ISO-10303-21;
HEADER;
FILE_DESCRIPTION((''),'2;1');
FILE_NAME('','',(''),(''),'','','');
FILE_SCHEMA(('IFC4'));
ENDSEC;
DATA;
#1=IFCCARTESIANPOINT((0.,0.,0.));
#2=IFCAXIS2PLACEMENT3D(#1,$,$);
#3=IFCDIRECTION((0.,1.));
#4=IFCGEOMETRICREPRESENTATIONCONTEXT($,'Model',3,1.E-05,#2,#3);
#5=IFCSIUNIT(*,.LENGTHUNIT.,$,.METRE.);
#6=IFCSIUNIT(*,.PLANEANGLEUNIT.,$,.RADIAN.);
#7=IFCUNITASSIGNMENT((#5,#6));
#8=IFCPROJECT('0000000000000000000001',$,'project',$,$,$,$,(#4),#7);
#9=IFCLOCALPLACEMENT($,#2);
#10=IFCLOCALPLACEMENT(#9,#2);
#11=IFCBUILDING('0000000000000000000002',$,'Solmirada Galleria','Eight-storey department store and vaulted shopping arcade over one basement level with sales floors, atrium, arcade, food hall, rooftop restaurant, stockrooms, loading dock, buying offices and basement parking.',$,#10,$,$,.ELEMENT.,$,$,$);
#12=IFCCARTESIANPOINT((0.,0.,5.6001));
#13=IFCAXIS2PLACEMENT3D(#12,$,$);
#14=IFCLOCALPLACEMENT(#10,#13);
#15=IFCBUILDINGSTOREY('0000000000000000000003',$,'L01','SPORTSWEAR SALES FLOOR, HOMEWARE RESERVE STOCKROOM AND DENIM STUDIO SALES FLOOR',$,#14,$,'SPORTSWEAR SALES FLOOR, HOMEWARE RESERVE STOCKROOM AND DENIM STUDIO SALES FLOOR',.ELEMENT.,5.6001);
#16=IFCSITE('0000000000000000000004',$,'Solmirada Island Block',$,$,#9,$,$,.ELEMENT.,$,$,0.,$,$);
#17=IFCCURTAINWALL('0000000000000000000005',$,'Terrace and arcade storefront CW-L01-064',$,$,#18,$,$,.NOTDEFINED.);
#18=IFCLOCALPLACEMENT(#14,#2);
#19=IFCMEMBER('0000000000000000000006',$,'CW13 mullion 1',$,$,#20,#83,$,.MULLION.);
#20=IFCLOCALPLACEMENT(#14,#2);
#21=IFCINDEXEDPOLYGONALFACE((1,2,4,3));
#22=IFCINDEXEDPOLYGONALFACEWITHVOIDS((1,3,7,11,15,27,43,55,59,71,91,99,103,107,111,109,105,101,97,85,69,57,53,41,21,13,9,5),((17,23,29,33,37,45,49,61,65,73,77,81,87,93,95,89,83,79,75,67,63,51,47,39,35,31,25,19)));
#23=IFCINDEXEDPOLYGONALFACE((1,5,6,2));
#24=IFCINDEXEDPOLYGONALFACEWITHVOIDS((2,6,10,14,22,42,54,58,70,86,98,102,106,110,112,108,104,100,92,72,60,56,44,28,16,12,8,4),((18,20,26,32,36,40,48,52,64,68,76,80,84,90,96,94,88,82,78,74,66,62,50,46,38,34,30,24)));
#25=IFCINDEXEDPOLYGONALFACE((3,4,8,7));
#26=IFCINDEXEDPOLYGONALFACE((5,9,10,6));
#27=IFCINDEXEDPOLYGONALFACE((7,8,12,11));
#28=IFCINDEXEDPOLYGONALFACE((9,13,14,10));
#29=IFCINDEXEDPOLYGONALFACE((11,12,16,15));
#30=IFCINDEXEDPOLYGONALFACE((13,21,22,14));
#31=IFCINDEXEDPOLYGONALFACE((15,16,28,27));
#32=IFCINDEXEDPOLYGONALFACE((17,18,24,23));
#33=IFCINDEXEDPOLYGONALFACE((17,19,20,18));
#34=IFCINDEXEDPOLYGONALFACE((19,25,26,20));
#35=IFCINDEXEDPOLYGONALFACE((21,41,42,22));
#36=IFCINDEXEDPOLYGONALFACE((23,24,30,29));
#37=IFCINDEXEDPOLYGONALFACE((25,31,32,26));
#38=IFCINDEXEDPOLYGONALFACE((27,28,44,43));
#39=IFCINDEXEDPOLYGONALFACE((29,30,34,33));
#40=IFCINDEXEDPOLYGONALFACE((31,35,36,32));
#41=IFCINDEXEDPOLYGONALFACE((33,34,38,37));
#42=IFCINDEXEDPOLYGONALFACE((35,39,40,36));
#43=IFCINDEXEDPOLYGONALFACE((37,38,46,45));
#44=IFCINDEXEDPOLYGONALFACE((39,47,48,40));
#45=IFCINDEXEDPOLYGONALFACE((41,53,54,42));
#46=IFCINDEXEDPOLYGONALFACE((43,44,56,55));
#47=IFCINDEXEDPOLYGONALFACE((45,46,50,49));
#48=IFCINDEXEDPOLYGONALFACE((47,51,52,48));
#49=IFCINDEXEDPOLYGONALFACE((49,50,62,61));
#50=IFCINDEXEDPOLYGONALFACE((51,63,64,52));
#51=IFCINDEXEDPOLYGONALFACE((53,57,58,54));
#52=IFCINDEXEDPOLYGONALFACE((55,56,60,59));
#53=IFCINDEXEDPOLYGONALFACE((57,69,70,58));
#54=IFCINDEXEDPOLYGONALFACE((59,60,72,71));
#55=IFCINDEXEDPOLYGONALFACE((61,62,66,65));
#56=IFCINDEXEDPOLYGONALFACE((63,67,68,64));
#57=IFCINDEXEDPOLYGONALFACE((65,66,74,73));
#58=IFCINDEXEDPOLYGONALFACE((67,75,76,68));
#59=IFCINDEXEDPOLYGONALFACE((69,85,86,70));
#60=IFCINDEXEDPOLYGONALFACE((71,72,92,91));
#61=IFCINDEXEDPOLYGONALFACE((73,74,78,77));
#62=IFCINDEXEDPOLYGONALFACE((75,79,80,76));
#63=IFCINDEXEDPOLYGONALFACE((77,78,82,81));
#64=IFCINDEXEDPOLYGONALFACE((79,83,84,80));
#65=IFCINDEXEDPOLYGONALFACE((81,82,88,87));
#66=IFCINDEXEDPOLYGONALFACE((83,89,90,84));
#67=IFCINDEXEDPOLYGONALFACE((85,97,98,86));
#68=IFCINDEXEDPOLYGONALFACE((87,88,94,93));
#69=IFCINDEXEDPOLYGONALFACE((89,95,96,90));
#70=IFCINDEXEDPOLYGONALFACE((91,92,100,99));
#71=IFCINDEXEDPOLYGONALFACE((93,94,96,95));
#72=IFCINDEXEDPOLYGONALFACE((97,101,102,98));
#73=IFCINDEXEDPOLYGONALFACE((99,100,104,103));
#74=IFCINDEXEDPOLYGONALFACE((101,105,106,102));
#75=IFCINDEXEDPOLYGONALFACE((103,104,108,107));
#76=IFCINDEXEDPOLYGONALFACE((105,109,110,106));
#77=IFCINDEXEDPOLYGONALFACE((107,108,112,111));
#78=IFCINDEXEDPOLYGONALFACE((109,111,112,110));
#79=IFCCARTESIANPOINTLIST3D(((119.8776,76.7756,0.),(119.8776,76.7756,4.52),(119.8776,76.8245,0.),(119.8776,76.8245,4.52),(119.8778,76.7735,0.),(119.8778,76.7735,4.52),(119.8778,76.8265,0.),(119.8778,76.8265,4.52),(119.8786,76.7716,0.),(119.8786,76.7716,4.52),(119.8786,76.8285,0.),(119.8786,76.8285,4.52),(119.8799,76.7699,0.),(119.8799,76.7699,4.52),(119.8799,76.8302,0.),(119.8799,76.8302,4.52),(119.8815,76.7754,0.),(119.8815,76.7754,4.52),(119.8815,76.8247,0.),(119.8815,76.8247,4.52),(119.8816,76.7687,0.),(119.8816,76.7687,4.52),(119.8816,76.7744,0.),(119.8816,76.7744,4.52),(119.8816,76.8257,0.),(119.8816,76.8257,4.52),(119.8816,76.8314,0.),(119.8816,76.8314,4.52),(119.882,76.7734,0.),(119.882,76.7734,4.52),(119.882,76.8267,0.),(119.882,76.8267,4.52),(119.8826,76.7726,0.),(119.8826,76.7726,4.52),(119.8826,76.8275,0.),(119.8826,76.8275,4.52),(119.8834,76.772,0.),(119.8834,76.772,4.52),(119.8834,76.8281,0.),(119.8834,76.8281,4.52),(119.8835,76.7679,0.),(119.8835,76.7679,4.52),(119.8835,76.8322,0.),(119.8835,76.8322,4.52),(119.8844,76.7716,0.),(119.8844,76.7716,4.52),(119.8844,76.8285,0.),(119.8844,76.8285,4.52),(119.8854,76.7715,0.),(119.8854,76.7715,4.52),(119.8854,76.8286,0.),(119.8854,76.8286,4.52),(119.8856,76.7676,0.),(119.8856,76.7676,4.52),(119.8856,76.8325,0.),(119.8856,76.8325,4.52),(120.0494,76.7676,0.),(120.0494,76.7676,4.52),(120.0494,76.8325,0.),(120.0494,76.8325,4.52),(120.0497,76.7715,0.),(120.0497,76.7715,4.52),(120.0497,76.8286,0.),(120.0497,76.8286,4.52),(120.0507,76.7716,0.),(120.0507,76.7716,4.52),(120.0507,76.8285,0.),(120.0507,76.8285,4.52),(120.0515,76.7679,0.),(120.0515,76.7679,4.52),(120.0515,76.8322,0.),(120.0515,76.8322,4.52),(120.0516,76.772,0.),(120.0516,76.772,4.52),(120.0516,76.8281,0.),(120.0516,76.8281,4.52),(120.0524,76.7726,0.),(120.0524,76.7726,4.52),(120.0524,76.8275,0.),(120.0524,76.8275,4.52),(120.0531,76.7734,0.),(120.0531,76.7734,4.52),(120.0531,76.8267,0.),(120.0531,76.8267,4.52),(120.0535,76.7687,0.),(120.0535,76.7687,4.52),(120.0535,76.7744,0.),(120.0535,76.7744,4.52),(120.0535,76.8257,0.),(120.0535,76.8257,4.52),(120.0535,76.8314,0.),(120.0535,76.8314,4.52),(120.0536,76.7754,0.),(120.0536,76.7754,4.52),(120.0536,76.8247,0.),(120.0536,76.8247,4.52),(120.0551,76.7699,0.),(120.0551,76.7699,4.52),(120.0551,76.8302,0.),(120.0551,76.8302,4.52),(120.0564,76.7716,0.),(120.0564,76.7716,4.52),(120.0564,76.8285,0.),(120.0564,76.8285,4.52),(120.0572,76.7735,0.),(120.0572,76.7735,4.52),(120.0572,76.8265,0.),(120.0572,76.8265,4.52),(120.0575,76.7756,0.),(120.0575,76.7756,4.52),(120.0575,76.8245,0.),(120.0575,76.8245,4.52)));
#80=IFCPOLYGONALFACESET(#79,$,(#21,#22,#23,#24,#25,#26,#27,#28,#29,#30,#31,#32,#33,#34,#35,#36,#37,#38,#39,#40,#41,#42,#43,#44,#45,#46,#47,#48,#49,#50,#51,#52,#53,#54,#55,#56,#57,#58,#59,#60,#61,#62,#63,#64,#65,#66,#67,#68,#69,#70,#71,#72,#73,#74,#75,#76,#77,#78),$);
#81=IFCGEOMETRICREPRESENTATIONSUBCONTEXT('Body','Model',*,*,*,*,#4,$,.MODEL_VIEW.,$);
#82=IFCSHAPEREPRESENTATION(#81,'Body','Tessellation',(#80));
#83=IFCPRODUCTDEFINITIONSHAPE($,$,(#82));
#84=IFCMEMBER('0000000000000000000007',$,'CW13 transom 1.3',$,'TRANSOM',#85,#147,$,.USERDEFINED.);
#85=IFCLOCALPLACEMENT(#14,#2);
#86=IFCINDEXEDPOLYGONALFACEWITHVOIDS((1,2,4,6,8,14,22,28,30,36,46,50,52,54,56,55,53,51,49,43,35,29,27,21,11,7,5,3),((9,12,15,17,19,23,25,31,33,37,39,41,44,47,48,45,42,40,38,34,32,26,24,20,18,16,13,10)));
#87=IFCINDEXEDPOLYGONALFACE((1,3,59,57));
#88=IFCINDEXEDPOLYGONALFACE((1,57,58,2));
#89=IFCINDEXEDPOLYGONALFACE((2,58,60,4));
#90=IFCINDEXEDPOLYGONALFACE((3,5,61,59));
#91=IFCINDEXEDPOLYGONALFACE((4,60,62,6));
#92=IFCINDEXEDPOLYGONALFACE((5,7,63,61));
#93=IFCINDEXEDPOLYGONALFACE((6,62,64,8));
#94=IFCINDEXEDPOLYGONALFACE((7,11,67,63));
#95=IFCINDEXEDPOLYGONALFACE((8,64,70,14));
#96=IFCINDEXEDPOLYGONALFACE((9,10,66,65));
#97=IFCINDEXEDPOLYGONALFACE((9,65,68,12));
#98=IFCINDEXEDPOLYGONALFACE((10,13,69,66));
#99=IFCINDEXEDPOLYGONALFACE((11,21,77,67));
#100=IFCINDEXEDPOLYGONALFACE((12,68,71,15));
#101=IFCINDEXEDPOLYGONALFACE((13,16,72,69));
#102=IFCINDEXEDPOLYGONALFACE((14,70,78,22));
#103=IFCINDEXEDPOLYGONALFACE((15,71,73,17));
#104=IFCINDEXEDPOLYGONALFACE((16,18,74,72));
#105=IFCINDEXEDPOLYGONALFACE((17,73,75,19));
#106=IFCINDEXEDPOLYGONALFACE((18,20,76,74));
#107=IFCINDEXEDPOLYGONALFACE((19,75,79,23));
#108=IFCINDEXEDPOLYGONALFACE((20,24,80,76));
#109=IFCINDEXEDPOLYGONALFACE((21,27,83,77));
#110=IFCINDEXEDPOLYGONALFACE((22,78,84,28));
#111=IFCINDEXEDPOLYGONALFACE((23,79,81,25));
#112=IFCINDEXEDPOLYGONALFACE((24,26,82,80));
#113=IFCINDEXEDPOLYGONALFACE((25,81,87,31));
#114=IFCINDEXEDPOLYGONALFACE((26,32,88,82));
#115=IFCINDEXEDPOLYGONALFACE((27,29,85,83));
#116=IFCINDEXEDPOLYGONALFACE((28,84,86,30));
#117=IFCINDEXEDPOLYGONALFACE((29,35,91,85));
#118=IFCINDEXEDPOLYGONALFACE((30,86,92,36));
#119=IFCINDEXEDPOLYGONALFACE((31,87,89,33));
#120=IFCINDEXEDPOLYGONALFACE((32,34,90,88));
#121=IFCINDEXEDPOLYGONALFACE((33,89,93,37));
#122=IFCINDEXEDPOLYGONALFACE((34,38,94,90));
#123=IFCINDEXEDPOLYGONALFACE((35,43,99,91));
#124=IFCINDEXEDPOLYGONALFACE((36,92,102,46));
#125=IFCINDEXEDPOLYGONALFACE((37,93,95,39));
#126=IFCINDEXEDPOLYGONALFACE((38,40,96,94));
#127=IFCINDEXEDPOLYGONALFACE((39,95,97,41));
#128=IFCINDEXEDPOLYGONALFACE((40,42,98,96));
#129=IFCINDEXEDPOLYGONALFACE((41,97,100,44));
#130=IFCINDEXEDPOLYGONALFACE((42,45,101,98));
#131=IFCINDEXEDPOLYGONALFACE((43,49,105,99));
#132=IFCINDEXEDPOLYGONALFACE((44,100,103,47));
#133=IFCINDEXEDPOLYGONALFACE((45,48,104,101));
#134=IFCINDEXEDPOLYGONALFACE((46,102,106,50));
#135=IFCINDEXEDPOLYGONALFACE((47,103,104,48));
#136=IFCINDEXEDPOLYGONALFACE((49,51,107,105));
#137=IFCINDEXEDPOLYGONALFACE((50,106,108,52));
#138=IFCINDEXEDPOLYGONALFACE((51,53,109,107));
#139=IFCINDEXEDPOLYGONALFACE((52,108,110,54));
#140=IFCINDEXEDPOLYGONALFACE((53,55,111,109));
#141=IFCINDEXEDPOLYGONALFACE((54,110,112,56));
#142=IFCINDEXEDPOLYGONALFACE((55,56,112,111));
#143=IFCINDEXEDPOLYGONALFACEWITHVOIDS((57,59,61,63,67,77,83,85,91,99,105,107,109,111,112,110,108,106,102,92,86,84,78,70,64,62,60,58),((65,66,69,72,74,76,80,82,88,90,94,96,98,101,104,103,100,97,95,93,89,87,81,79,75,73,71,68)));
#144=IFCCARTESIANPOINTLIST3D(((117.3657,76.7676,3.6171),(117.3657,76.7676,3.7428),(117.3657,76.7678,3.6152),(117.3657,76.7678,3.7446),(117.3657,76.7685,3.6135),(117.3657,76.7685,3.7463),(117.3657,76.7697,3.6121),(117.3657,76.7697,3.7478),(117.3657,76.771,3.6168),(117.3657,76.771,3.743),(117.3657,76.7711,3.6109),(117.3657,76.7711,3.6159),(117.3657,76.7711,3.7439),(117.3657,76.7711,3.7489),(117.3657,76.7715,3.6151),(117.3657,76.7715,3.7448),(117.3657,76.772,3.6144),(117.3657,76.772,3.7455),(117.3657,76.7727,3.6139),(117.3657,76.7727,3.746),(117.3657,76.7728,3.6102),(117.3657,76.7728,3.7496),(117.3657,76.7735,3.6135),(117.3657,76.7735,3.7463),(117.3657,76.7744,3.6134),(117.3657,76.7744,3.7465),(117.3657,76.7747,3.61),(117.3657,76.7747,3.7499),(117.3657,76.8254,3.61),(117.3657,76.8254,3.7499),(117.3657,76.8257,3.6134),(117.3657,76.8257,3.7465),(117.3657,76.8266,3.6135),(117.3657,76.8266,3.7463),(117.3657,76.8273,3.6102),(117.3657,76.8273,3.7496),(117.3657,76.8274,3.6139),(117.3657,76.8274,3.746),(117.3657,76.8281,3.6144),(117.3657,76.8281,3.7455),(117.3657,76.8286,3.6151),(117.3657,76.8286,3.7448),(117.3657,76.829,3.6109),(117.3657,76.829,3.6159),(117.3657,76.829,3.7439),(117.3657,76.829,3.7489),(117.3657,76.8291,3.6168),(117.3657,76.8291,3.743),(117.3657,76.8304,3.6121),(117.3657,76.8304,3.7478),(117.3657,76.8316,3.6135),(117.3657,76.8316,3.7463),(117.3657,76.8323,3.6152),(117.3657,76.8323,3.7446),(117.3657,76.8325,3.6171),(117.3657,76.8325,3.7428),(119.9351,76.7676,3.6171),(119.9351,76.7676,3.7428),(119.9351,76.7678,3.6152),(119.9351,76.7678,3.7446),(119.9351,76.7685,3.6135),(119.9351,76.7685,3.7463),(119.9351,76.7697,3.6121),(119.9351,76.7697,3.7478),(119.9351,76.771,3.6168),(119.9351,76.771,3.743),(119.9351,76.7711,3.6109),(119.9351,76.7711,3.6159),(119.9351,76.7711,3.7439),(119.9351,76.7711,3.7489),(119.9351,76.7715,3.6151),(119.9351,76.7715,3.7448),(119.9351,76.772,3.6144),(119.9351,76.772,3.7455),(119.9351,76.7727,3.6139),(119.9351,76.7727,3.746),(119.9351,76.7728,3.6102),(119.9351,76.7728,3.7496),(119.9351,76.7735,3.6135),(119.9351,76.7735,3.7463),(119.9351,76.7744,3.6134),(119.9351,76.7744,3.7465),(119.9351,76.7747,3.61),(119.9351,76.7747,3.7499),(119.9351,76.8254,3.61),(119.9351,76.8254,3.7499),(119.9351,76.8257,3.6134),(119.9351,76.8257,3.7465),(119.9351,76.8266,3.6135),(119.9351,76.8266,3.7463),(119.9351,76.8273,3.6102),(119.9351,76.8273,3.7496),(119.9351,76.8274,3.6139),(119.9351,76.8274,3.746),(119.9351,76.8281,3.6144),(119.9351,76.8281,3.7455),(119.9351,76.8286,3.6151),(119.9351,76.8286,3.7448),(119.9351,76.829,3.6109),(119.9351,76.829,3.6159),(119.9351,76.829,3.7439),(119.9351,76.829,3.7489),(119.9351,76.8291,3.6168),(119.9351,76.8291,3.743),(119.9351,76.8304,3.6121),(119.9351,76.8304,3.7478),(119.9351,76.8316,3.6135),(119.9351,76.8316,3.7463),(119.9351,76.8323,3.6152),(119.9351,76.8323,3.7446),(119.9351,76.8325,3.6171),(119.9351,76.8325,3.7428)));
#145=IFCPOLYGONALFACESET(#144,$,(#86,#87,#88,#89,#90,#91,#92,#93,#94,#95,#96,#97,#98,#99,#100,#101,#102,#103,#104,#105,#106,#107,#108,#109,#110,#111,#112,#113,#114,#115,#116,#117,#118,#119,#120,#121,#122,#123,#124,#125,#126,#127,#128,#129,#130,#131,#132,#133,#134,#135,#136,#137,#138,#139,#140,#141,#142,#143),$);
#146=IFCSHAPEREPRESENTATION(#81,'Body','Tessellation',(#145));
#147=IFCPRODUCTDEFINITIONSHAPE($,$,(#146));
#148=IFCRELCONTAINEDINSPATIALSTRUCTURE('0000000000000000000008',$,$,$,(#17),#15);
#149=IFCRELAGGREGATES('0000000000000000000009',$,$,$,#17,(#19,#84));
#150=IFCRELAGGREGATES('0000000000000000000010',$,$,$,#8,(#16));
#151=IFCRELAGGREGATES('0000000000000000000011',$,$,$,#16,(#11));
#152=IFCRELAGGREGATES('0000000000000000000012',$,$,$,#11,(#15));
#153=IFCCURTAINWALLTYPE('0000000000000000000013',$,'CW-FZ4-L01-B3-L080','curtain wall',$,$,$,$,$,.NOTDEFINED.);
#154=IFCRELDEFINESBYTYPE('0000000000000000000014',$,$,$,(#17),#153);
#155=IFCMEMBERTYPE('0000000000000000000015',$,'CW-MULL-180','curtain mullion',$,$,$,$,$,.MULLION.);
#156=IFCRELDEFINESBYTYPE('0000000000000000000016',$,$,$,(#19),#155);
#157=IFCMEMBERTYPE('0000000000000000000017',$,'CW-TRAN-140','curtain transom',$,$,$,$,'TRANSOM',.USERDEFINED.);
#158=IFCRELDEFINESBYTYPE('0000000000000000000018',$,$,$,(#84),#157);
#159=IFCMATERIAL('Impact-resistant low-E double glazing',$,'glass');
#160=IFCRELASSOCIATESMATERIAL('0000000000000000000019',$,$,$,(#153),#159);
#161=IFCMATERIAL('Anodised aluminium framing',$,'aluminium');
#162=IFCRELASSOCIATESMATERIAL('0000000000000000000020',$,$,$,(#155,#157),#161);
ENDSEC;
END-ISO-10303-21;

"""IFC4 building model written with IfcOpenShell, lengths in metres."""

from ifc_helpers import new_model, si_unit, direction, frame, origin, origin_2d, place, context, subcontext, project, spatial, hollow_rectangle, extrude, material, material_profile, profile_set, type_object, element, aggregate, save


model = new_model("IFC4")

# Units and contexts
model_context = context("Model", 3, precision=1e-05, world=origin(), true_north=direction((0.0, 1.0)))
body_context = subcontext(model_context, "Body", "Model", "MODEL_VIEW")
ifc_project = project(units=[si_unit("LENGTHUNIT", "METRE"), si_unit("PLANEANGLEUNIT", "RADIAN")], contexts=[model_context])

# Site, building, storey
site_placement = place(None, origin())
site = spatial("IfcSite", under=ifc_project, at=site_placement, Name="Solmirada Island Block", CompositionType="ELEMENT", RefElevation=0.0)
building_placement = place(site_placement, origin())
building = spatial("IfcBuilding", under=site, at=building_placement, Name="Solmirada Galleria", Description="Eight-storey department store and vaulted shopping arcade over one basement level with sales floors, atrium, arcade, food hall, rooftop restaurant, stockrooms, loading dock, buying offices and basement parking.", CompositionType="ELEMENT")
storey_placement = place(building_placement, frame((0.0, 0.0, 5.6001)))
storey = spatial("IfcBuildingStorey", under=building, at=storey_placement, Name="L01", Description="SPORTSWEAR SALES FLOOR, HOMEWARE RESERVE STOCKROOM AND DENIM STUDIO SALES FLOOR", LongName="SPORTSWEAR SALES FLOOR, HOMEWARE RESERVE STOCKROOM AND DENIM STUDIO SALES FLOOR", CompositionType="ELEMENT", Elevation=5.6001)

# Curtain wall, members
ifc_material_1 = material(Name="Impact-resistant low-E double glazing", Category="glass")
curtain_wall_type = type_object("IfcCurtainWallType", Name="CW-FZ4-L01-B3-L080", Description="curtain wall", PredefinedType="NOTDEFINED", material=ifc_material_1)
curtain_wall_placement = place(storey_placement, origin())
curtain_wall = element("IfcCurtainWall", 1, at=curtain_wall_placement, inside=storey, type_object=curtain_wall_type, Name="Terrace and arcade storefront CW-L01-064", PredefinedType="NOTDEFINED")
ifc_material_2 = material(Name="Anodised aluminium framing", Category="aluminium")
ifc_material_profile_1 = material_profile(ifc_material_2, hollow_rectangle(XDim=0.0649, YDim=0.1799, WallThickness=0.0039, InnerFilletRadius=0.0039, OuterFilletRadius=0.0081, at=origin_2d()), Name="ALU-MULL-180X65")
ifc_profile_set_1 = profile_set([ifc_material_profile_1], Name="Anodised aluminium framing")
member_type_1 = type_object("IfcMemberType", Name="CW-MULL-180", Description="curtain mullion", PredefinedType="MULLION", material=ifc_profile_set_1)
member_1_placement = place(storey_placement, frame((119.9675, 76.8, 0.0), z_axis=(0.0, 0.0, 1.0), x_axis=(0.0, -1.0, 0.0)))
member_1 = element("IfcMember", 2, at=member_1_placement, type_object=member_type_1, Name="CW13 mullion 1", PredefinedType="MULLION", context=body_context, shape_type="SweptSolid", body=[
    extrude(hollow_rectangle(XDim=0.0649, YDim=0.1799, WallThickness=0.0039, InnerFilletRadius=0.0039, OuterFilletRadius=0.0081, at=origin_2d()), origin(), (0.0, 0.0, 1.0), 4.52),
])
ifc_material_profile_2 = material_profile(ifc_material_2, hollow_rectangle(XDim=0.0649, YDim=0.1399, WallThickness=0.0034, InnerFilletRadius=0.0034, OuterFilletRadius=0.0071, at=origin_2d()), Name="ALU-TRAN-140X65")
ifc_profile_set_2 = profile_set([ifc_material_profile_2], Name="Anodised aluminium framing")
member_type_2 = type_object("IfcMemberType", Name="CW-TRAN-140", Description="curtain transom", ElementType="TRANSOM", PredefinedType="USERDEFINED", material=ifc_profile_set_2)
member_2_placement = place(storey_placement, frame((119.9351, 76.8, 3.6799), z_axis=(-1.0, 0.0, 0.0), x_axis=(0.0, -1.0, 0.0)))
member_2 = element("IfcMember", 3, at=member_2_placement, type_object=member_type_2, Name="CW13 transom 1.3", ObjectType="TRANSOM", PredefinedType="USERDEFINED", context=body_context, shape_type="SweptSolid", body=[
    extrude(hollow_rectangle(XDim=0.0649, YDim=0.1399, WallThickness=0.0034, InnerFilletRadius=0.0034, OuterFilletRadius=0.0071, at=origin_2d()), origin(), (0.0, 0.0, 1.0), 2.5693),
])
aggregate(curtain_wall, [member_1, member_2])

save(model, "model.ifc")
